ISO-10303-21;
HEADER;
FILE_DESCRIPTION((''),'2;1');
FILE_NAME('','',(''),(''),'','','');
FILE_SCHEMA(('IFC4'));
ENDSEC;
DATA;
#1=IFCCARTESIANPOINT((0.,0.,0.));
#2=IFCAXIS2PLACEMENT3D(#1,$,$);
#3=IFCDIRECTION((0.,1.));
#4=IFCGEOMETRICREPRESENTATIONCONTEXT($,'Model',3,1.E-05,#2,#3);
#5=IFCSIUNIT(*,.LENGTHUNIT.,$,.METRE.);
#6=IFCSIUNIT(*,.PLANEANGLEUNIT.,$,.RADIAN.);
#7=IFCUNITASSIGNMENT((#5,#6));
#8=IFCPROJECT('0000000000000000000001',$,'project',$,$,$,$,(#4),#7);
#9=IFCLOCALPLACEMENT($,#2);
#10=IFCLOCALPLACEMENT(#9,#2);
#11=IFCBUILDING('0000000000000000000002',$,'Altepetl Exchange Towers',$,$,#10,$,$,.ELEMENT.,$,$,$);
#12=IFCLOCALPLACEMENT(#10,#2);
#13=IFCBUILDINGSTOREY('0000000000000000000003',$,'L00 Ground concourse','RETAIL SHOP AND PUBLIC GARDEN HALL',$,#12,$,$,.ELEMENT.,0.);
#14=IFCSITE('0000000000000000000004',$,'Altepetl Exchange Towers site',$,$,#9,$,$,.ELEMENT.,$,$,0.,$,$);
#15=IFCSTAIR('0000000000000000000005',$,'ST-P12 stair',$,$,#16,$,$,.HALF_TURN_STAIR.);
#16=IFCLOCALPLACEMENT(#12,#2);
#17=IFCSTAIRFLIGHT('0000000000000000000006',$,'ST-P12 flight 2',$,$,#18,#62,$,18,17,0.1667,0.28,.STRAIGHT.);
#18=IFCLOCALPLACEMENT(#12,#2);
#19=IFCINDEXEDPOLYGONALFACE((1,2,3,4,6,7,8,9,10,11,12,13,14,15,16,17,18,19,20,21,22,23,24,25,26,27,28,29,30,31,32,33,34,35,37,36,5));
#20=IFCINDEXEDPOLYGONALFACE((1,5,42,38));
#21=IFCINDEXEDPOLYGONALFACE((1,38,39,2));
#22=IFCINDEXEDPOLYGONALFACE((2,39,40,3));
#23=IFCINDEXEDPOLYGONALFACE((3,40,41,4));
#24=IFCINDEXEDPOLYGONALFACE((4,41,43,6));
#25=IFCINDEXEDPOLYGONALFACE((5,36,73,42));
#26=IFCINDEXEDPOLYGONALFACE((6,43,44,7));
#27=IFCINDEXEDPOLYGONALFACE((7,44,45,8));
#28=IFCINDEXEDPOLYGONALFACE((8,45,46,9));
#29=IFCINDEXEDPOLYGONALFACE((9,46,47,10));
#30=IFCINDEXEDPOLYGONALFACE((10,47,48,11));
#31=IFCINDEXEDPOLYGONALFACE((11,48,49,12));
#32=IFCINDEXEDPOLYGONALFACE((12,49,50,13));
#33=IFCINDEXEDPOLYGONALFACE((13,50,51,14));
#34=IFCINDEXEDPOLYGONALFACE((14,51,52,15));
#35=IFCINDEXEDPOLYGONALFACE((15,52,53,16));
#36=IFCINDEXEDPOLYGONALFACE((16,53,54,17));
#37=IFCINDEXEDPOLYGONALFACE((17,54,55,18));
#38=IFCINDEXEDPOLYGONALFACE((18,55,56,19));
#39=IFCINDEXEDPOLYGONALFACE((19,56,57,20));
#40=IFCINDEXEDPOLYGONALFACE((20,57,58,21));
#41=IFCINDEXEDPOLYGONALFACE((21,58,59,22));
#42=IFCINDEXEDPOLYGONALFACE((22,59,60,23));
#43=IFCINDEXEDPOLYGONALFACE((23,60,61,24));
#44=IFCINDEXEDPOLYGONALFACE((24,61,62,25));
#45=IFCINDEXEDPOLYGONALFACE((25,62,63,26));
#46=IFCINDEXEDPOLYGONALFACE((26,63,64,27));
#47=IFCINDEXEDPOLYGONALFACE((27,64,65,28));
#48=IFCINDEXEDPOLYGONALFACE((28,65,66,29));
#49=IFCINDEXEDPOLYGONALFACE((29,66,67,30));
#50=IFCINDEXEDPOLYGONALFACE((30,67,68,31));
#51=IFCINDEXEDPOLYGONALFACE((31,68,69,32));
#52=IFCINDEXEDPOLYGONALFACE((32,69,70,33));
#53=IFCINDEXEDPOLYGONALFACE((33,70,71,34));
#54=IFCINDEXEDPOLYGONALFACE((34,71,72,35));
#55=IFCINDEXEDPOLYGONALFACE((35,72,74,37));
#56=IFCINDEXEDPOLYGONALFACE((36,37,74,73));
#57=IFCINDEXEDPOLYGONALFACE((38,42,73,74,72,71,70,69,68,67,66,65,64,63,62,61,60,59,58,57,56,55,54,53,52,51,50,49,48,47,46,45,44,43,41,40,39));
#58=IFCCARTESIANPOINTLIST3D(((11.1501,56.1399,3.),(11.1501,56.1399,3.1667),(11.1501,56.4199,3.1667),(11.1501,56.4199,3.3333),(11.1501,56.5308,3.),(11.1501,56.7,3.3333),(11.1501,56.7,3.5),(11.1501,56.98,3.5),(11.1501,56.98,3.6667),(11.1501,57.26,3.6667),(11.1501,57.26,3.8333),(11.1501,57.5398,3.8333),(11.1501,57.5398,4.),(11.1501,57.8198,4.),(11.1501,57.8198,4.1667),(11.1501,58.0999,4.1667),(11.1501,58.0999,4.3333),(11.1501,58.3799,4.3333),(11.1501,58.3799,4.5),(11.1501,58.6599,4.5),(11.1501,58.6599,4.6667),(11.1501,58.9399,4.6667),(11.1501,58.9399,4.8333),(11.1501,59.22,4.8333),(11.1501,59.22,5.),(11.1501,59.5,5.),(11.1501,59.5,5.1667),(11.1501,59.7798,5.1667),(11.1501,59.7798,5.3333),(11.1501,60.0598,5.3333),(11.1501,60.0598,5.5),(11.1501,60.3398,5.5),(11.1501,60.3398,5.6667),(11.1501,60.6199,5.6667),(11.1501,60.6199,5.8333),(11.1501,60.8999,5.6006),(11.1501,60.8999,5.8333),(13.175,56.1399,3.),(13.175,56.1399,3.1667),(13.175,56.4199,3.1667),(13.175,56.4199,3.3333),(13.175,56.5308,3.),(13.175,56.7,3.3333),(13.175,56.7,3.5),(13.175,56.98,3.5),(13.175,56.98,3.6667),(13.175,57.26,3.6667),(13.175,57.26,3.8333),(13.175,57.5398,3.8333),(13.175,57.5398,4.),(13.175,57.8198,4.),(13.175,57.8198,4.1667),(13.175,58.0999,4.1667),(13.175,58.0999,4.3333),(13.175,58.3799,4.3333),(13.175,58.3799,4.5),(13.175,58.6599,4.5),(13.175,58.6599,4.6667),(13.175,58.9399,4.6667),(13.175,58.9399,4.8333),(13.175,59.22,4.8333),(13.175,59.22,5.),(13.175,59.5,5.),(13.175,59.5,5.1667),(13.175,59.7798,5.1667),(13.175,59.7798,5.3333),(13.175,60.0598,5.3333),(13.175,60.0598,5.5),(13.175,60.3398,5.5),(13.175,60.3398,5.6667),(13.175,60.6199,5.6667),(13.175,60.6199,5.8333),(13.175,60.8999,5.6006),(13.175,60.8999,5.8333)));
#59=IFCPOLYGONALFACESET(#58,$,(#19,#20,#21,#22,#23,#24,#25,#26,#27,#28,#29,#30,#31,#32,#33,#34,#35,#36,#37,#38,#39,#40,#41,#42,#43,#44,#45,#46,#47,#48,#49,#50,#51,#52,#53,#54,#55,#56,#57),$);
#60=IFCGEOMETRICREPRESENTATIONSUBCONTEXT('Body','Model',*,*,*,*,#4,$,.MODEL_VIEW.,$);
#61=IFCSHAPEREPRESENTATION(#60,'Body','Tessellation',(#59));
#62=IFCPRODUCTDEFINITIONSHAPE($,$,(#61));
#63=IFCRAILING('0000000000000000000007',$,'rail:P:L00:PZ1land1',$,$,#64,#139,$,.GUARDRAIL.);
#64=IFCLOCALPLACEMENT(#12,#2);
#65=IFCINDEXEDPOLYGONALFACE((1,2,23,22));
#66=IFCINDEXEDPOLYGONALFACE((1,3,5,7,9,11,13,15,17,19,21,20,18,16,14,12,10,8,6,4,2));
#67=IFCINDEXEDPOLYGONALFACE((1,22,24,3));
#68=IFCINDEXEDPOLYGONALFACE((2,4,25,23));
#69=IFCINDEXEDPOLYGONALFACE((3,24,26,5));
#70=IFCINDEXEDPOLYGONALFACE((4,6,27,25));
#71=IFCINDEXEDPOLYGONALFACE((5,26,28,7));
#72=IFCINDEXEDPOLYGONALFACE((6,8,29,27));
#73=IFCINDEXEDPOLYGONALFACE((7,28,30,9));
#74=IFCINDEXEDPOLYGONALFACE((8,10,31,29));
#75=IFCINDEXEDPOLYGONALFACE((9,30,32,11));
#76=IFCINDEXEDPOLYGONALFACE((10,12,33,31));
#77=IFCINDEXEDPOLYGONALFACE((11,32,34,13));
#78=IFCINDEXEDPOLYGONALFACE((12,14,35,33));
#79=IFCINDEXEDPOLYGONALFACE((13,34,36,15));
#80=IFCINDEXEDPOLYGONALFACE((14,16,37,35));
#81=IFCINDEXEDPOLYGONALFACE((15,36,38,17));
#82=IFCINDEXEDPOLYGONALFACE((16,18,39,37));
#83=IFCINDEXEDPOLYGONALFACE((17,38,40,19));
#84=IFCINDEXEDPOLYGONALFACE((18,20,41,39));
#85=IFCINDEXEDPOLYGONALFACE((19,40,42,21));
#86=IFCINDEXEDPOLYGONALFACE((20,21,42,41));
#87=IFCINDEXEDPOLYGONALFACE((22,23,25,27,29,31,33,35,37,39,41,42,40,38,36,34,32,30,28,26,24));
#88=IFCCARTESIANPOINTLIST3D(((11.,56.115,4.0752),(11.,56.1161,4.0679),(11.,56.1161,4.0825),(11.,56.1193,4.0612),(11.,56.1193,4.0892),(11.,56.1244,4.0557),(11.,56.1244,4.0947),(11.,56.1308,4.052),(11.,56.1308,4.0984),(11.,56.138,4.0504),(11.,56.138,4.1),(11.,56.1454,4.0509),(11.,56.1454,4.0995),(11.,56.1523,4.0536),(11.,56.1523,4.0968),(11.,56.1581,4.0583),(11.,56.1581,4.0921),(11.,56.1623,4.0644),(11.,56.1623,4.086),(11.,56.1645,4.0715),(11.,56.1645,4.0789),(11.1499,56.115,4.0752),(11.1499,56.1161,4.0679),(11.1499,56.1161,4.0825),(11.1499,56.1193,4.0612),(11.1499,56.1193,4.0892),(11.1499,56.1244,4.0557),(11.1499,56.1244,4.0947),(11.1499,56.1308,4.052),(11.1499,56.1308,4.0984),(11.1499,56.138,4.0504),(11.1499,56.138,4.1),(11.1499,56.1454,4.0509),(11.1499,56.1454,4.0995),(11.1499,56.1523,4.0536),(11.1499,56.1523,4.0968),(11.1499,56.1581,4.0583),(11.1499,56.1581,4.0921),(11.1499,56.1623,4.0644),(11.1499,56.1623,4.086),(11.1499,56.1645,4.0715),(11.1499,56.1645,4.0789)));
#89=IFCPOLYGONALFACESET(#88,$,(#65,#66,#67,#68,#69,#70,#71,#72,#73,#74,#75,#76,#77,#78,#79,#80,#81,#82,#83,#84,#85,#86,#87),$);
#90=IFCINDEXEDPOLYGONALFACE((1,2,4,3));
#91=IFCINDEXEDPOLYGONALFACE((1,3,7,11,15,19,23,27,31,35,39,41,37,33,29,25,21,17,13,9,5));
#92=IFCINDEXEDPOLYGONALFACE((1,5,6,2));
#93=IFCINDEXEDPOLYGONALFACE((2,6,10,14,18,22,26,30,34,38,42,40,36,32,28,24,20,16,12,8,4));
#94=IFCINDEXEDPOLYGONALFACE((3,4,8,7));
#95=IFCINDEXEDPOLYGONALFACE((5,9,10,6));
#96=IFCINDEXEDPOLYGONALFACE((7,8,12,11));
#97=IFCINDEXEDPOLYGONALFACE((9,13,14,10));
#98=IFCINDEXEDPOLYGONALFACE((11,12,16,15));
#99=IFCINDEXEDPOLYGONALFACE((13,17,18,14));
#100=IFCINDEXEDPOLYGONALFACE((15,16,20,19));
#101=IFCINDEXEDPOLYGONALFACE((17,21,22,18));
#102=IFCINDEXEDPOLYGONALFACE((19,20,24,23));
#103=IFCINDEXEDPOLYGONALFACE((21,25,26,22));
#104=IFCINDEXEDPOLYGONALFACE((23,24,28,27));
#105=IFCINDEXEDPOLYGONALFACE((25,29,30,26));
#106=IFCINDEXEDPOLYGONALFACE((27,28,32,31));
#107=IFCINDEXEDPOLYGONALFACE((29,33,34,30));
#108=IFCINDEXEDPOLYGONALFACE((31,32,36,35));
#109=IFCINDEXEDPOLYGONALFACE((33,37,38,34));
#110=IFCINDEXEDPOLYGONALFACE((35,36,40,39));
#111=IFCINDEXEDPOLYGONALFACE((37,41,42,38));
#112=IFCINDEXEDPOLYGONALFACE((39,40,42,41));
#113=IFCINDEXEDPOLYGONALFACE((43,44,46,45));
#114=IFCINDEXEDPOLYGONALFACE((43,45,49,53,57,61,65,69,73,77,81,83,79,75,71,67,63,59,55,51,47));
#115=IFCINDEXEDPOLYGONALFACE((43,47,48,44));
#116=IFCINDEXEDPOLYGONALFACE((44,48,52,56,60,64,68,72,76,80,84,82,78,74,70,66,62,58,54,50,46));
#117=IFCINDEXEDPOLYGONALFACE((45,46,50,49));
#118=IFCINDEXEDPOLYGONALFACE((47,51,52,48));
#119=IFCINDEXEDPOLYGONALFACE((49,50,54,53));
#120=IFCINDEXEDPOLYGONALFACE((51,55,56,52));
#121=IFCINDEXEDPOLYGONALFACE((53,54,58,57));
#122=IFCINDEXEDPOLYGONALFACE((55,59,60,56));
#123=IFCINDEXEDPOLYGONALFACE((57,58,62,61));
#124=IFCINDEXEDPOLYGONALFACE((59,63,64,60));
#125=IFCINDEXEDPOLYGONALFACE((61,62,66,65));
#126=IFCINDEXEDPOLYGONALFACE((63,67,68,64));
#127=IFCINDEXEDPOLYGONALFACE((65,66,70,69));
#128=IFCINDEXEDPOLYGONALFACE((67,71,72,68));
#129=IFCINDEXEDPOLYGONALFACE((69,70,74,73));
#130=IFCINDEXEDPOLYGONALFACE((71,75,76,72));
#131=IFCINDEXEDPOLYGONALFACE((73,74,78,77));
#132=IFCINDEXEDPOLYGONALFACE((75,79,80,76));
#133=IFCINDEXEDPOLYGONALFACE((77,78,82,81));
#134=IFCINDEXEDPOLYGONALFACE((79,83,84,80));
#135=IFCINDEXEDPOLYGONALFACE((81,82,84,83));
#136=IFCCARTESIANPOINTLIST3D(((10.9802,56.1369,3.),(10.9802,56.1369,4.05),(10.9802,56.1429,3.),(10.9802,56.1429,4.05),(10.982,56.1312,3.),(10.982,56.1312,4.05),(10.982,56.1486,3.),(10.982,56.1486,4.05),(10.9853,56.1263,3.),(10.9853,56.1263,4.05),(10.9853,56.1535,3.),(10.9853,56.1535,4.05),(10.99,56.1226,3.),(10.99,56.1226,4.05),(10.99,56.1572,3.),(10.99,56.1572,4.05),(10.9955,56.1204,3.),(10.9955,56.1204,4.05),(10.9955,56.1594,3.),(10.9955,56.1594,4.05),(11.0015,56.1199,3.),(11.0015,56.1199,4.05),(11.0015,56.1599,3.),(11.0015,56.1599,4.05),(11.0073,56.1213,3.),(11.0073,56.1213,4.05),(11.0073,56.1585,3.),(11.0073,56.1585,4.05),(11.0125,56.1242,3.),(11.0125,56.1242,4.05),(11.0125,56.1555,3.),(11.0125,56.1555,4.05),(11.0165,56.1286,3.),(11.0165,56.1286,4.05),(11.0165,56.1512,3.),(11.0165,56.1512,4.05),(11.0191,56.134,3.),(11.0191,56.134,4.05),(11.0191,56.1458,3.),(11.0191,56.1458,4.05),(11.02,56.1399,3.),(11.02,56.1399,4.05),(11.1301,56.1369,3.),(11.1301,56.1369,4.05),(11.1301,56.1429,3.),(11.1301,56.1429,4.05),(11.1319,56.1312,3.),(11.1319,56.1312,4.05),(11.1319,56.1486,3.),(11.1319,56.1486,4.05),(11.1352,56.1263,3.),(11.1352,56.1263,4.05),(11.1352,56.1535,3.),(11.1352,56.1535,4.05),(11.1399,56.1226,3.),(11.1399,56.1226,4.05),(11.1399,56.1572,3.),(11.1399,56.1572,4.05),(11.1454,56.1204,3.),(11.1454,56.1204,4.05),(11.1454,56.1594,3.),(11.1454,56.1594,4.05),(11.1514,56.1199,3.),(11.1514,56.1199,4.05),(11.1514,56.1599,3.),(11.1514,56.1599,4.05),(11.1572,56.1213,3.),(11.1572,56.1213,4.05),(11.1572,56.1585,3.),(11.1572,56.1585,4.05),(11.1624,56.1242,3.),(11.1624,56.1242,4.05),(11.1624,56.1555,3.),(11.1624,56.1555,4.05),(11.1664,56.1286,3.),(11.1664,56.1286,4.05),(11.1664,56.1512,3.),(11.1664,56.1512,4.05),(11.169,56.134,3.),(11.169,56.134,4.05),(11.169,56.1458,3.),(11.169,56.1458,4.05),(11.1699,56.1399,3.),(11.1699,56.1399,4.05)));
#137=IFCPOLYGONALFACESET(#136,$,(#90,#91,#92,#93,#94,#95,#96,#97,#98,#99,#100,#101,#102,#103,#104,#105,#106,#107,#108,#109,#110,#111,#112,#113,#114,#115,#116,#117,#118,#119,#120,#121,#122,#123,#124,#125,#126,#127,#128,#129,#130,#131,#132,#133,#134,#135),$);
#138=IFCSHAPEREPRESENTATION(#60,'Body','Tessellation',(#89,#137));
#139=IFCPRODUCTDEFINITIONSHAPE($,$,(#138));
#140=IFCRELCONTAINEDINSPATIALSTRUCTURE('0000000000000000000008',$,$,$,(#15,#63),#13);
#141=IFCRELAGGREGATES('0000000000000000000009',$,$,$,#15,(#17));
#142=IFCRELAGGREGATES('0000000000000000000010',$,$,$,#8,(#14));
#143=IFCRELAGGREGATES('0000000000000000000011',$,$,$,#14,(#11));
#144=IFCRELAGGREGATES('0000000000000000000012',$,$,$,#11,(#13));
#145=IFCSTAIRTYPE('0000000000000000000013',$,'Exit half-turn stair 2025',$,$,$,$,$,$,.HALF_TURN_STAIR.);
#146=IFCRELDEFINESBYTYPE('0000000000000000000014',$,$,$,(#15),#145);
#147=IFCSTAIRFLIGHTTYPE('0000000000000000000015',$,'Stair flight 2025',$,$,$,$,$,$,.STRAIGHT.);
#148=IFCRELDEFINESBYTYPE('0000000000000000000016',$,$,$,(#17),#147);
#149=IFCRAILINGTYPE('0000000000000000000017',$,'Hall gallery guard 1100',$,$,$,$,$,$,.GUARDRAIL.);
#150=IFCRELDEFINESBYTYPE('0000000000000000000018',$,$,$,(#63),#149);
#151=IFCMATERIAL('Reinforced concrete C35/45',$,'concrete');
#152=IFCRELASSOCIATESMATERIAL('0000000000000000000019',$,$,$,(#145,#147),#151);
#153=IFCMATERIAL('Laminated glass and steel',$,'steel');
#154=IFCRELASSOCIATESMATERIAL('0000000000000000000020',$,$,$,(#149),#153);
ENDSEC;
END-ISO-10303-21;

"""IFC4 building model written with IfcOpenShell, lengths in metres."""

from ifc_helpers import new_model, si_unit, direction, frame, origin, origin_2d, place, context, subcontext, project, spatial, polyline, circle, outline, extrude, source, transform, mapped, material, type_object, element, aggregate, save


model = new_model("IFC4")

# Units and contexts
model_context = context("Model", 3, precision=1e-05, world=origin(), true_north=direction((0.0, 1.0)))
body_context = subcontext(model_context, "Body", "Model", "MODEL_VIEW")
ifc_project = project(units=[si_unit("LENGTHUNIT", "METRE"), si_unit("PLANEANGLEUNIT", "RADIAN")], contexts=[model_context])

# Site, building, storey
site_placement = place(None, origin())
site = spatial("IfcSite", under=ifc_project, at=site_placement, Name="Altepetl Exchange Towers site", CompositionType="ELEMENT", RefElevation=0.0)
building_placement = place(site_placement, origin())
building = spatial("IfcBuilding", under=site, at=building_placement, Name="Altepetl Exchange Towers", CompositionType="ELEMENT")
storey_placement = place(building_placement, origin())
storey = spatial("IfcBuildingStorey", under=building, at=storey_placement, Name="L00 Ground concourse", Description="RETAIL SHOP AND PUBLIC GARDEN HALL", CompositionType="ELEMENT", Elevation=0.0)

# Shared definitions
ifc_material_1 = material(Name="Reinforced concrete C35/45", Category="concrete")

# Stair, stair flight
stair_type = type_object("IfcStairType", Name="Exit half-turn stair 2025", PredefinedType="HALF_TURN_STAIR", material=ifc_material_1)
stair_placement = place(storey_placement, origin())
stair = element("IfcStair", 1, at=stair_placement, inside=storey, type_object=stair_type, Name="ST-P12 stair", PredefinedType="HALF_TURN_STAIR")
stair_flight_type = type_object("IfcStairFlightType", Name="Stair flight 2025", PredefinedType="STRAIGHT", material=ifc_material_1)
stair_flight_placement = place(storey_placement, frame((12.1626, 56.1399, 3.0), z_axis=(0.0, 0.0, 1.0), x_axis=(0.0, 1.0, 0.0)))
stair_flight = element("IfcStairFlight", 2, at=stair_flight_placement, type_object=stair_flight_type, Name="ST-P12 flight 2", NumberOfRisers=18, NumberOfTreads=17, PredefinedType="STRAIGHT", RiserHeight=0.1667, TreadLength=0.28, context=body_context, shape_type="SweptSolid", body=[
    extrude(outline(polyline([(0.0, 0.0), (0.0, 0.1667), (0.28, 0.1667), (0.28, 0.3333), (0.5601, 0.3333), (0.5601, 0.5), (0.8401, 0.5), (0.8401, 0.6667), (1.1201, 0.6667), (1.1201, 0.8333), (1.3999, 0.8333), (1.3999, 1.0), (1.6799, 1.0), (1.6799, 1.1667), (1.96, 1.1667), (1.96, 1.3333), (2.24, 1.3333), (2.24, 1.5), (2.52, 1.5), (2.52, 1.6667), (2.8, 1.6667), (2.8, 1.8333), (3.0801, 1.8333), (3.0801, 2.0), (3.3601, 2.0), (3.3601, 2.1667), (3.6399, 2.1667), (3.6399, 2.3333), (3.9199, 2.3333), (3.9199, 2.5), (4.2, 2.5), (4.2, 2.6667), (4.48, 2.6667), (4.48, 2.8333), (4.76, 2.8333), (4.76, 3.0), (4.76, 2.6006), (0.3909, 0.0), (0.0, 0.0)])), frame((0.0, 1.0125, 0.0), z_axis=(0.0, -1.0, 0.0), x_axis=(1.0, 0.0, 0.0)), (0.0, 0.0, 1.0), 2.0249),
])
aggregate(stair, [stair_flight])

# Railing
ifc_material_2 = material(Name="Laminated glass and steel", Category="steel")
railing_type_1 = type_object("IfcRailingType", Name="Hall gallery guard 1100", PredefinedType="GUARDRAIL", material=ifc_material_2)
shared_shape_1 = source(origin(), body_context, "Body", "SweptSolid", [
    extrude(circle(Radius=0.02, at=origin_2d()), origin(), (0.0, 0.0, 1.0), 1.05),
])
railing_1_placement = place(storey_placement, frame((11.1499, 56.1399, 3.0)))
element("IfcRailing", 3, at=railing_1_placement, inside=storey, type_object=railing_type_1, Name="rail:P:L00:PZ1land1", PredefinedType="GUARDRAIL", context=body_context, shape_type="SweptSolid", body=[
    extrude(circle(Radius=0.0249, at=origin_2d()), frame((0.0, 0.0, 1.0752), z_axis=(-1.0, 0.0, 0.0), x_axis=(0.0, -1.0, 0.0)), (0.0, 0.0, 1.0), 0.1499),
    mapped(shared_shape_1, transform((0.0, 0.0, 0.0))),
    mapped(shared_shape_1, transform((-0.1499, 0.0, 0.0))),
])

save(model, "model.ifc")
